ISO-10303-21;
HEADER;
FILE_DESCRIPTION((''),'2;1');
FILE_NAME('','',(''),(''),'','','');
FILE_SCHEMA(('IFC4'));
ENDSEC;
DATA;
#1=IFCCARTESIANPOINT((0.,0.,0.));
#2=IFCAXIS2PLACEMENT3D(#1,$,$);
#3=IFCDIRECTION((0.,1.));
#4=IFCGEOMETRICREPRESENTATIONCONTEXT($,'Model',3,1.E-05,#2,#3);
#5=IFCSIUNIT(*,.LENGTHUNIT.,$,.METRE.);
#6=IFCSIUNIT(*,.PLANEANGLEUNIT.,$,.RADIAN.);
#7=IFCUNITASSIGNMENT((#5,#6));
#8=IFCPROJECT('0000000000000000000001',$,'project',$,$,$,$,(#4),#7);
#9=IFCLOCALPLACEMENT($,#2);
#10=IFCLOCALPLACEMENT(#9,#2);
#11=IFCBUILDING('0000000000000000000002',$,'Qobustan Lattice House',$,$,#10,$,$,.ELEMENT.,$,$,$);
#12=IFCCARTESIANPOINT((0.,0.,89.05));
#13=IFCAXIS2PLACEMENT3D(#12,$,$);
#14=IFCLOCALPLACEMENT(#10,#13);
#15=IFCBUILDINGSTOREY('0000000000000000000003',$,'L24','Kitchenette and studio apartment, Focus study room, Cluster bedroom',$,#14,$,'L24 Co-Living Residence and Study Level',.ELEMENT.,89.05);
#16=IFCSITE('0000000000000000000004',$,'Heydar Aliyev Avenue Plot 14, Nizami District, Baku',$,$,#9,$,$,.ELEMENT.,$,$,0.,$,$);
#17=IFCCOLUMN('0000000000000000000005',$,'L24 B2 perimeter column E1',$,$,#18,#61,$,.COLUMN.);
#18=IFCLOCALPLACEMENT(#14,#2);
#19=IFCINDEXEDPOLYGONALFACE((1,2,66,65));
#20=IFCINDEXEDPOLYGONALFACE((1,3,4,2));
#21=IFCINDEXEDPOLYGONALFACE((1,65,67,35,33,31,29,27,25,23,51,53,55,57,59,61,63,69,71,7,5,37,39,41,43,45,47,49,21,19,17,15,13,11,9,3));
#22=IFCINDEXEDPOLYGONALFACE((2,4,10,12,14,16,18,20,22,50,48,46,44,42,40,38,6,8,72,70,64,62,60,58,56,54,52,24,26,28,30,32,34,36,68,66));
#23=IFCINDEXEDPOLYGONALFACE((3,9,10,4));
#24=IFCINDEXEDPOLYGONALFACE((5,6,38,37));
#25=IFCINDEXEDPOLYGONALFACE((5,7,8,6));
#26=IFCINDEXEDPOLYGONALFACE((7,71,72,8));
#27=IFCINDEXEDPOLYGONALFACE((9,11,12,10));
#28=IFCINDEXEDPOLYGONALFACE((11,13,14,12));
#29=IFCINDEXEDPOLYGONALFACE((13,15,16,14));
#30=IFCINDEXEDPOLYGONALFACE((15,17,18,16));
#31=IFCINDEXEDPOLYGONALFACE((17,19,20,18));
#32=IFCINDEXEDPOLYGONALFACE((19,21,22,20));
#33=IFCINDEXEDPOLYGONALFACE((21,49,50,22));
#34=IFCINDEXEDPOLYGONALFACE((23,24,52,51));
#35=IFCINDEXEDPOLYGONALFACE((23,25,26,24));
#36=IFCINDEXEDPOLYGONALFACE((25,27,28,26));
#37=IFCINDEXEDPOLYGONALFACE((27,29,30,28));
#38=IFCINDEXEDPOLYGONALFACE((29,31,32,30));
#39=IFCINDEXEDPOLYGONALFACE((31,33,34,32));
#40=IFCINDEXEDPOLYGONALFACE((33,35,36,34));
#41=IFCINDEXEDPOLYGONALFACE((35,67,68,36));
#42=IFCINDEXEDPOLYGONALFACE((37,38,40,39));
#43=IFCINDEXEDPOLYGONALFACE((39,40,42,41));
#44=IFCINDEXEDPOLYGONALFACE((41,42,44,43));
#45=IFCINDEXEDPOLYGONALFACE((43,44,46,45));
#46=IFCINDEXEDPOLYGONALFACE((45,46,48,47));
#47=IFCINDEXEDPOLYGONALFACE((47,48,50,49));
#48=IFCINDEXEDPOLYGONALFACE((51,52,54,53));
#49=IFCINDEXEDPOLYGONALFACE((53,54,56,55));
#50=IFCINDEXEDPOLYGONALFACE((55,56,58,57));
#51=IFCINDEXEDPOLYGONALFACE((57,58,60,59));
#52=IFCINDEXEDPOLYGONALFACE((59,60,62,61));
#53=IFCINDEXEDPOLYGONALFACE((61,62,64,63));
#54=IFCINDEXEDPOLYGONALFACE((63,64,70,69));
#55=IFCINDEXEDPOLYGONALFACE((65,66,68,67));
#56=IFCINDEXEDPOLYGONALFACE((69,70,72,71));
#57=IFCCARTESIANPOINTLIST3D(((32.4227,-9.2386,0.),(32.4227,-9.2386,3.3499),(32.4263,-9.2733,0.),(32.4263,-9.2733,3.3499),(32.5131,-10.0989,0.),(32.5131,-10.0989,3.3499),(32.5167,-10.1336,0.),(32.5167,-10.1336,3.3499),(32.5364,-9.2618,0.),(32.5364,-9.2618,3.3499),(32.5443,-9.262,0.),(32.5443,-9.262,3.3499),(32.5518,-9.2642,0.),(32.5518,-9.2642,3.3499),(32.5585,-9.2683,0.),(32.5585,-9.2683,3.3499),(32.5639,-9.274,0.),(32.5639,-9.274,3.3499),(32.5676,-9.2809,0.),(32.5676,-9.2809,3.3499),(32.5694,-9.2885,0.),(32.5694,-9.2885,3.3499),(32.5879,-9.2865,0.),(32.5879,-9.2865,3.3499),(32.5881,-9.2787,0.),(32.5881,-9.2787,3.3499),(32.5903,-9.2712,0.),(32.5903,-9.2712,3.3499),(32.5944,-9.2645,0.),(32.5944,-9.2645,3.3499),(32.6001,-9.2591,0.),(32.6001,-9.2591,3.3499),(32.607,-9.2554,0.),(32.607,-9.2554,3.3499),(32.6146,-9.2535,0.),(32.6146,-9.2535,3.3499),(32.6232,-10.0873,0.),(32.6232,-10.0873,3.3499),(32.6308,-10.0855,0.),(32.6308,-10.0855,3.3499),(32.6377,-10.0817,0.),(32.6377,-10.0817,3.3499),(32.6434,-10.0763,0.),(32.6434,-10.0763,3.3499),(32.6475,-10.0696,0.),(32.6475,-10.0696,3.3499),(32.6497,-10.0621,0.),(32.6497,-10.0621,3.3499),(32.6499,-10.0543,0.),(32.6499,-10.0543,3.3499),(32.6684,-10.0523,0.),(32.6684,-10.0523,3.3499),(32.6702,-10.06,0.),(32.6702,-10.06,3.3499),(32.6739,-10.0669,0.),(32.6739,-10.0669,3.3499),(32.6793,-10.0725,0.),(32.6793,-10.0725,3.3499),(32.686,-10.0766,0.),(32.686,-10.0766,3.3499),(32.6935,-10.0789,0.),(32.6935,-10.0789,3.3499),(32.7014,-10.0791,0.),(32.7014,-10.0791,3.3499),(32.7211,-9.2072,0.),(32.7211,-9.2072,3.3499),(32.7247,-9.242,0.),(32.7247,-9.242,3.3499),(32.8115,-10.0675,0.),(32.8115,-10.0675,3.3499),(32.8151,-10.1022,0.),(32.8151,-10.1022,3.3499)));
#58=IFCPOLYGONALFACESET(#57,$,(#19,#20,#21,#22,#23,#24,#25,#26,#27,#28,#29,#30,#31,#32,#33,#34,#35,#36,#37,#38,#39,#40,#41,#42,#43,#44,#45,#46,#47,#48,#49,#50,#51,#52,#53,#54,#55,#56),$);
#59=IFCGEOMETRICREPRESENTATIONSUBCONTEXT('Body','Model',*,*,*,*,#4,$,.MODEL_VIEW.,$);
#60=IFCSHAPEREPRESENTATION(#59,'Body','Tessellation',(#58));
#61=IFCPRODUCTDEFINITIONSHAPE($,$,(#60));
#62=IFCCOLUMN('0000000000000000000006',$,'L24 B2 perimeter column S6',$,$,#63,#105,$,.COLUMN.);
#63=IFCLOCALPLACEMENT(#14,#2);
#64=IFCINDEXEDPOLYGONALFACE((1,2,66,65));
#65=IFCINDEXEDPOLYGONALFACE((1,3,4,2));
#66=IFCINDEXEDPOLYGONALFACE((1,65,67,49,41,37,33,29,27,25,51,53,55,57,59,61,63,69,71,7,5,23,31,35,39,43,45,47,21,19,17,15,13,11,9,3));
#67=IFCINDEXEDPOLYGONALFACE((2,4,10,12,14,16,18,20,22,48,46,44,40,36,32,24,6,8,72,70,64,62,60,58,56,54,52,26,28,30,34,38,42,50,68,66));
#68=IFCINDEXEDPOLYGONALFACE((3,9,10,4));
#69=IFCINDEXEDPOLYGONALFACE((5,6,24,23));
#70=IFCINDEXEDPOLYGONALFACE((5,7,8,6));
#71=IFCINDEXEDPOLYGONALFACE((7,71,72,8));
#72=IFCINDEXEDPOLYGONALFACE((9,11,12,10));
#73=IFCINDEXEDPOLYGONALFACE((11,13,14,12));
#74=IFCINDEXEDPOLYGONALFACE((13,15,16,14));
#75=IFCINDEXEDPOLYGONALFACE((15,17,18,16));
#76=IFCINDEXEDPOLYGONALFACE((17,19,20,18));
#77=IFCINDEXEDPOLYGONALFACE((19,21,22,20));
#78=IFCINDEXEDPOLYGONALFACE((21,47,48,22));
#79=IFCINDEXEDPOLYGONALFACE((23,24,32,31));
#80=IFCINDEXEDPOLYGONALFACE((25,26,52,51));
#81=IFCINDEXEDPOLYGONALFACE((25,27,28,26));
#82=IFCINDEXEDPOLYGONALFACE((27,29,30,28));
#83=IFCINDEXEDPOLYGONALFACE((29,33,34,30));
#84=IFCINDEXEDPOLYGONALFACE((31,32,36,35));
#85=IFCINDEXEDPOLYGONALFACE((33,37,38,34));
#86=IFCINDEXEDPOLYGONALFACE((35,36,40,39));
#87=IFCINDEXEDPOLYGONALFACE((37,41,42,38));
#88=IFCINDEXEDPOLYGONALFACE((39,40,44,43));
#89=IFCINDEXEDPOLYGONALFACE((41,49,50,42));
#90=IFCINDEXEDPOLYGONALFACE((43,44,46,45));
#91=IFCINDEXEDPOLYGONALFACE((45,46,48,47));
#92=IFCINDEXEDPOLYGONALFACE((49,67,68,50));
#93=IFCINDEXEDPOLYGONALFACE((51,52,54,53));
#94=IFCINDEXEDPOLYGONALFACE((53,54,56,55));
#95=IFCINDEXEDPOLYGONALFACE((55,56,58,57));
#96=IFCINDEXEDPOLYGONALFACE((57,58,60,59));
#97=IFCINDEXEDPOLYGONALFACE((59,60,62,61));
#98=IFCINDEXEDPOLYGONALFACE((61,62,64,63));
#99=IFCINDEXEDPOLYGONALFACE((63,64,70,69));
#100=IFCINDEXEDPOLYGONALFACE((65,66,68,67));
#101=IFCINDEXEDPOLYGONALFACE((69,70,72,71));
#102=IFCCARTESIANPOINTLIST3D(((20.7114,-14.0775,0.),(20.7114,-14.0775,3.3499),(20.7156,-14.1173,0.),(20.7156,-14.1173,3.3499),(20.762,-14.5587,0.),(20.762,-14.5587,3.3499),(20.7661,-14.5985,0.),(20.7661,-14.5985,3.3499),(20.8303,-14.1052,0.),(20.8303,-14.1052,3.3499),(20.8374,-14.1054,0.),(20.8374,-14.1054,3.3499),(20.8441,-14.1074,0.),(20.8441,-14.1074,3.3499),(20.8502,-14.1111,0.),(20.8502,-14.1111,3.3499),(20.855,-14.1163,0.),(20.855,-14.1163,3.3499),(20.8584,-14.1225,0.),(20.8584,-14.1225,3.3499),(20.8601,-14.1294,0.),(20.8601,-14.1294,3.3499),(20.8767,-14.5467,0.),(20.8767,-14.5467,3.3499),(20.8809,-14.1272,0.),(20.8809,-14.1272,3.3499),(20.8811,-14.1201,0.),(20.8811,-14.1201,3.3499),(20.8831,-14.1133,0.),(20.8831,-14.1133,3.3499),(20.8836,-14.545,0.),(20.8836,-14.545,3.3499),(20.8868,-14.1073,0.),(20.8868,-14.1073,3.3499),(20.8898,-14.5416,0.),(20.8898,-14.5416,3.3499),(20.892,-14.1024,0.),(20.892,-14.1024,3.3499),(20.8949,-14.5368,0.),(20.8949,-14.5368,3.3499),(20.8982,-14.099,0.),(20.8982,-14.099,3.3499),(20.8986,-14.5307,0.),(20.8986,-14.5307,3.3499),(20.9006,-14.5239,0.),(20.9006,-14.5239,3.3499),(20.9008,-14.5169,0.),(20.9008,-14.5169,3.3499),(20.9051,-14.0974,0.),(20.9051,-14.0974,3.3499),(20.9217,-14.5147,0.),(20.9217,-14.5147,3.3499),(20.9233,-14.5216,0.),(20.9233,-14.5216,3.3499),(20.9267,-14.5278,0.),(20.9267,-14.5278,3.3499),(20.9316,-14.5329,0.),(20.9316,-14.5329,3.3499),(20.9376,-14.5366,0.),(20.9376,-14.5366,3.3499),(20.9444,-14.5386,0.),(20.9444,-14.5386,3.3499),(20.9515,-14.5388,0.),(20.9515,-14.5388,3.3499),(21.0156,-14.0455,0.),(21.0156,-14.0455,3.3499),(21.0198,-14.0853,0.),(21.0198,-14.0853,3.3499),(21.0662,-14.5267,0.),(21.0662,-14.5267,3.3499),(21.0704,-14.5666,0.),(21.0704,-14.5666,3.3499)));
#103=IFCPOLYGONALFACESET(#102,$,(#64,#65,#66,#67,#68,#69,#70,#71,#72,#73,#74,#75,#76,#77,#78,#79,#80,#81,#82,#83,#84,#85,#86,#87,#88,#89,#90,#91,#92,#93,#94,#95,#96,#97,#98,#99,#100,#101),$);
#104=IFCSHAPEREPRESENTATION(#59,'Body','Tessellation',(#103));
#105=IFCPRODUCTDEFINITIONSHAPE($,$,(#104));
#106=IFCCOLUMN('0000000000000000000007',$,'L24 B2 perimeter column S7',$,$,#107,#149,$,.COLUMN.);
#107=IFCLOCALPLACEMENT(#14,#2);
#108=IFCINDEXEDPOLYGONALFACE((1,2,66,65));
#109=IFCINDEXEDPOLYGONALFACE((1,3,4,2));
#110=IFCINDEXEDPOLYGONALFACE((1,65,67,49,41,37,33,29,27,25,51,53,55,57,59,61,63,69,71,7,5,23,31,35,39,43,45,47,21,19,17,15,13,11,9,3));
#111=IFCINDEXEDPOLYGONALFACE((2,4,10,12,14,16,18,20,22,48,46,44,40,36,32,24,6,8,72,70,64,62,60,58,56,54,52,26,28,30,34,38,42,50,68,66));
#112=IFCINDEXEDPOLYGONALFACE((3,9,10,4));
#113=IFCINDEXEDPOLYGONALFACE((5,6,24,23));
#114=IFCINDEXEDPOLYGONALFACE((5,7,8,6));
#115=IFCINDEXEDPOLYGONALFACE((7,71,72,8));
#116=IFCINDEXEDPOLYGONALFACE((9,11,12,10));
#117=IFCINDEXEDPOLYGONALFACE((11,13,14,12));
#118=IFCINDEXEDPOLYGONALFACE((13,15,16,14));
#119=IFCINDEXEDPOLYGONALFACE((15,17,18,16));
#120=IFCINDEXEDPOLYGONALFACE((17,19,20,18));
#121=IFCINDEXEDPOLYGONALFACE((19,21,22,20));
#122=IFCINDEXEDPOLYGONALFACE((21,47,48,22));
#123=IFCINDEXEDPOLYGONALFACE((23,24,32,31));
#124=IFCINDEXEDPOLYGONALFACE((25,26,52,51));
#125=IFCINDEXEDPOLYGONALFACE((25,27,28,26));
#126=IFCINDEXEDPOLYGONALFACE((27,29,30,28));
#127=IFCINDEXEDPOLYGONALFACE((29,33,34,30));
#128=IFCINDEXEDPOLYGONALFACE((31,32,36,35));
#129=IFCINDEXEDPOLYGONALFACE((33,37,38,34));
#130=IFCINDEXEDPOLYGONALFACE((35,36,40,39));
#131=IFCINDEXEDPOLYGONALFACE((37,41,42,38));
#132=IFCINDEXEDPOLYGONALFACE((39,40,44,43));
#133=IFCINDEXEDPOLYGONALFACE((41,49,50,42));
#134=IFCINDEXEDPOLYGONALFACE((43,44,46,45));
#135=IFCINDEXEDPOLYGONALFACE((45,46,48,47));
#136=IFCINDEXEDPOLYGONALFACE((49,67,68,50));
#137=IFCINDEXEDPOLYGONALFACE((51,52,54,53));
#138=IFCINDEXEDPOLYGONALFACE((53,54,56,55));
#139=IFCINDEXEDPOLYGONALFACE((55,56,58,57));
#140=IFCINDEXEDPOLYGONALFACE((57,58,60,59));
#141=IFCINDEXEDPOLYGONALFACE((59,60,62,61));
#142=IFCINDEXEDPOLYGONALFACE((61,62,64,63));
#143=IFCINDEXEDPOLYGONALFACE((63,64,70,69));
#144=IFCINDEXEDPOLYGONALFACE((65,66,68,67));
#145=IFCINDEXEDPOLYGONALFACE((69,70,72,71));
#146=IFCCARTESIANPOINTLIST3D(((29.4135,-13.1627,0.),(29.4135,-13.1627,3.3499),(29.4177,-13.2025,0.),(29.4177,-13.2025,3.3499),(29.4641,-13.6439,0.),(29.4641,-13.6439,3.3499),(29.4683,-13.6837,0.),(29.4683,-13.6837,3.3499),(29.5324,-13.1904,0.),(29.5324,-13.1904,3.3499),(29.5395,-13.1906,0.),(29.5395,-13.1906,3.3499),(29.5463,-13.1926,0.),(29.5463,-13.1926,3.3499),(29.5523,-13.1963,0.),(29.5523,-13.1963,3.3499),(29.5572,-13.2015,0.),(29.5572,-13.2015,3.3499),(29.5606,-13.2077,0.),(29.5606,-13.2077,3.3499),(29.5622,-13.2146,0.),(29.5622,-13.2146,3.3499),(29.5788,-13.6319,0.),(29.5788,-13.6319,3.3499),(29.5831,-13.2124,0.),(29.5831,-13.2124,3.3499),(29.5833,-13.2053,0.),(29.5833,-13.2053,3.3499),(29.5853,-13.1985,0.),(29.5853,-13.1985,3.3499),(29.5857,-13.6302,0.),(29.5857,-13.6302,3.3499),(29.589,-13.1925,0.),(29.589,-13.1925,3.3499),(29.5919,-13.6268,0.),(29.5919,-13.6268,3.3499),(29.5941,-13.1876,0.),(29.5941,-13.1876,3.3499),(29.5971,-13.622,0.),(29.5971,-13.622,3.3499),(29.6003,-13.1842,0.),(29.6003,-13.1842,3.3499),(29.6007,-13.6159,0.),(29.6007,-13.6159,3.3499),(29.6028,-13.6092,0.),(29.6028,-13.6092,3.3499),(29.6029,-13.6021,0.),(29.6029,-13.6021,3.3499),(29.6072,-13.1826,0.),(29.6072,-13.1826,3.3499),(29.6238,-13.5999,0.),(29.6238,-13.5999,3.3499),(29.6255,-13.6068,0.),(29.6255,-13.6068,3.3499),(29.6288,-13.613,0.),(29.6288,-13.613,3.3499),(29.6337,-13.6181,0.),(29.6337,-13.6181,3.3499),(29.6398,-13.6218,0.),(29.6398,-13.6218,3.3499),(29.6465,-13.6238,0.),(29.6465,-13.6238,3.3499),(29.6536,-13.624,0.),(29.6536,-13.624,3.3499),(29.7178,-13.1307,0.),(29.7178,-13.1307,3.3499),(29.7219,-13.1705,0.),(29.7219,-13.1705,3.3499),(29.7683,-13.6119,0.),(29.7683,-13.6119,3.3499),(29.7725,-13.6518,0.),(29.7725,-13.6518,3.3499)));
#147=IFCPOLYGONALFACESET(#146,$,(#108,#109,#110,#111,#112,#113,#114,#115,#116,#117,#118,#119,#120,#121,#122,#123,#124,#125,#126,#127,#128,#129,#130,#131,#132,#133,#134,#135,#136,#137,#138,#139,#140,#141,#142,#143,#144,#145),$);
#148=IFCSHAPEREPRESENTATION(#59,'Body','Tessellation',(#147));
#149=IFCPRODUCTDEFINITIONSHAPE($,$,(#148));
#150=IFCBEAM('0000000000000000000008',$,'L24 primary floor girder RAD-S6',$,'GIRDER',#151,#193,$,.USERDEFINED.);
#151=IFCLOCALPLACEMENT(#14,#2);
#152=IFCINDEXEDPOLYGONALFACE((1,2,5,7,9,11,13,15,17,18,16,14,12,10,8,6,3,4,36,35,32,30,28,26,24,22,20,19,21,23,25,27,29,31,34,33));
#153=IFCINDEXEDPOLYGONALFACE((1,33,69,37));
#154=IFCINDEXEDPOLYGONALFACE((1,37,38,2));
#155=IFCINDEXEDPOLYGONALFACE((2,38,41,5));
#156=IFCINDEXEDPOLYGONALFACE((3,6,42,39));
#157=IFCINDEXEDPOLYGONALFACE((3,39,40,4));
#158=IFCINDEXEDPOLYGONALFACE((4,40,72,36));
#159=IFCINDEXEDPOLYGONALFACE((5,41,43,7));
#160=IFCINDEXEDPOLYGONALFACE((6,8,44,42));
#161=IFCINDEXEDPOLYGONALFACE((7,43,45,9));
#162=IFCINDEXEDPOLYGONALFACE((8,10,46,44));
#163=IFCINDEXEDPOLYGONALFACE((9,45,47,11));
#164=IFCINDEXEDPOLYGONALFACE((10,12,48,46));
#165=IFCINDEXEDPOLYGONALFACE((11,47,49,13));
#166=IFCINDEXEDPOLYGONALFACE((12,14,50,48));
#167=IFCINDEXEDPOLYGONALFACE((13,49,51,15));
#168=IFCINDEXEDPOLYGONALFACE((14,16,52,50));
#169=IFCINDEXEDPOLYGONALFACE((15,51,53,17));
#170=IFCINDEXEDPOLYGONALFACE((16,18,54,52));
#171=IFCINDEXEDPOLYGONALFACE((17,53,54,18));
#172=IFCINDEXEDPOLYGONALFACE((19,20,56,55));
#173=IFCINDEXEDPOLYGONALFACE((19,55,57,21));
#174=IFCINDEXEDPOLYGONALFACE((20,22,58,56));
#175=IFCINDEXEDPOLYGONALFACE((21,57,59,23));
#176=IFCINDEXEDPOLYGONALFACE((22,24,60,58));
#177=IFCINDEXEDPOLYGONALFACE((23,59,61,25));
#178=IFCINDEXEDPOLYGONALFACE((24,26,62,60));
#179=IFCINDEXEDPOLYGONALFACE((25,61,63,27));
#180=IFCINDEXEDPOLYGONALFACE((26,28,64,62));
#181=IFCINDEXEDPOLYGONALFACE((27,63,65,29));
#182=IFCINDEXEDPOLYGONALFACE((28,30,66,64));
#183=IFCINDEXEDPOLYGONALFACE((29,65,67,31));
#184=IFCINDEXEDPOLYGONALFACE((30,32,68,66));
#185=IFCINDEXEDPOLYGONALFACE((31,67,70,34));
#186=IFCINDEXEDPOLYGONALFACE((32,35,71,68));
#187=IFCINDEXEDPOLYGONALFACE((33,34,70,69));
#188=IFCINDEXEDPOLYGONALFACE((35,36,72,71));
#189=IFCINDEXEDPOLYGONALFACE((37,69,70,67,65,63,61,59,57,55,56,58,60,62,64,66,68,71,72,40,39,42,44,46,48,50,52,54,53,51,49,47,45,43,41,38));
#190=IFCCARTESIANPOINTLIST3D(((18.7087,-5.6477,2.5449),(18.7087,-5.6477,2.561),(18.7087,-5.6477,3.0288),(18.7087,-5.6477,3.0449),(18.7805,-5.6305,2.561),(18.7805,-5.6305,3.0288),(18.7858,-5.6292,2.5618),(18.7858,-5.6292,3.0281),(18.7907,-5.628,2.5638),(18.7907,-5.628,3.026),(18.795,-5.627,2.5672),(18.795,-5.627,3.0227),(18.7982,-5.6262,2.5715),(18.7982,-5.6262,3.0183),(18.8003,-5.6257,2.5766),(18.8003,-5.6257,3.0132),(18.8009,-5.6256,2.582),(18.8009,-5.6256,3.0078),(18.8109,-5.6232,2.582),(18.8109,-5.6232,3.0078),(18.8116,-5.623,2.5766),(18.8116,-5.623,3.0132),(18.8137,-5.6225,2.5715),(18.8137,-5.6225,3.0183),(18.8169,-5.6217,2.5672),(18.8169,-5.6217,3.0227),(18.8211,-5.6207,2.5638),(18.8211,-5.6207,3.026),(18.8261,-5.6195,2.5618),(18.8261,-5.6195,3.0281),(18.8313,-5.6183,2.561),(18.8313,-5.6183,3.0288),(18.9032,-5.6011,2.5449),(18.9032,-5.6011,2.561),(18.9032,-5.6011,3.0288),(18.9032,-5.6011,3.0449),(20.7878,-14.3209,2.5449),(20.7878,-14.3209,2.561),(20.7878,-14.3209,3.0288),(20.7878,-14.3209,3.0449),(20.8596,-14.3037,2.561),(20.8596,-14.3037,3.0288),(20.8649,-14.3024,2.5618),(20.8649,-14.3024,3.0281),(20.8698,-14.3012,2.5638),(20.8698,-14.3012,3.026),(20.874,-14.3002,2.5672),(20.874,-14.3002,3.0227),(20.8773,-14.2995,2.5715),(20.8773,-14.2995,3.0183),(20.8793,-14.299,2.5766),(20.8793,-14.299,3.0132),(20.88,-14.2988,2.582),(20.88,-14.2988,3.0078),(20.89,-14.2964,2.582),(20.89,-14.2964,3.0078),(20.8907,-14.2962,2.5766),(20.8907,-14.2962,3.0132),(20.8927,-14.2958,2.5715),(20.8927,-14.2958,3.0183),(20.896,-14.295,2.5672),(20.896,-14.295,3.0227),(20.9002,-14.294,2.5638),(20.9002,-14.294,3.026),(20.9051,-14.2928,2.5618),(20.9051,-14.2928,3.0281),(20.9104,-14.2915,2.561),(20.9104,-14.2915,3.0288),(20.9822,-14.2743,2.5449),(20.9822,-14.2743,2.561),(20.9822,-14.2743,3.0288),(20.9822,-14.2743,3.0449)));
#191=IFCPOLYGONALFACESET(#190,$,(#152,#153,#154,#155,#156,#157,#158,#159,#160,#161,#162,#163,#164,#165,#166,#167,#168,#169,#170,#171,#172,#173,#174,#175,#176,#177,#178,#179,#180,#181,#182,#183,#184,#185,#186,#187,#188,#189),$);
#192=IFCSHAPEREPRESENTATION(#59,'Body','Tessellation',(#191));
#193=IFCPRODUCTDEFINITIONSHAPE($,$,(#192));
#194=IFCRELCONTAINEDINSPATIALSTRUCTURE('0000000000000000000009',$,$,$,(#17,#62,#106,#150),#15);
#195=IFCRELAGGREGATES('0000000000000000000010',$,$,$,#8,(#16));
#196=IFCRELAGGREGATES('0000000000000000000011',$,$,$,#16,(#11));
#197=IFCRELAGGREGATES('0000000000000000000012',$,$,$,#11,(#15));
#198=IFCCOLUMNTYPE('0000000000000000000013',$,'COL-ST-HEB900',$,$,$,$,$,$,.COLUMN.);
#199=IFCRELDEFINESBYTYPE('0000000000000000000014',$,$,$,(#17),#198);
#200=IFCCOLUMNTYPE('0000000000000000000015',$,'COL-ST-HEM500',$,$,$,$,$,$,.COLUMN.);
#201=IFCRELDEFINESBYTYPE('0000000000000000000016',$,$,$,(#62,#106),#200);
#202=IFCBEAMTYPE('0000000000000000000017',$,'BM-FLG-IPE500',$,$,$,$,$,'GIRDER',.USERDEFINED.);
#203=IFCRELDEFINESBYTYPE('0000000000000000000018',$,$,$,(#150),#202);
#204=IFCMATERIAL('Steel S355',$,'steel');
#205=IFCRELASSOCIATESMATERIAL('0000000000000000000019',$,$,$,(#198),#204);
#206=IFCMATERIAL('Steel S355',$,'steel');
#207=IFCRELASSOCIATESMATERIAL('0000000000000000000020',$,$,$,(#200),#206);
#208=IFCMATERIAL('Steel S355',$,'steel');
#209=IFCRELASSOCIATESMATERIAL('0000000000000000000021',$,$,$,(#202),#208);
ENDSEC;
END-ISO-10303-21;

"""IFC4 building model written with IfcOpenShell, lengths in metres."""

from ifc_helpers import new_model, si_unit, direction, frame, origin, origin_2d, place, context, subcontext, project, spatial, i_section, extrude, material, material_profile, profile_set, type_object, element, save


model = new_model("IFC4")

# Units and contexts
model_context = context("Model", 3, precision=1e-05, world=origin(), true_north=direction((0.0, 1.0)))
body_context = subcontext(model_context, "Body", "Model", "MODEL_VIEW")
ifc_project = project(units=[si_unit("LENGTHUNIT", "METRE"), si_unit("PLANEANGLEUNIT", "RADIAN")], contexts=[model_context])

# Site, building, storey
site_placement = place(None, origin())
site = spatial("IfcSite", under=ifc_project, at=site_placement, Name="Heydar Aliyev Avenue Plot 14, Nizami District, Baku", CompositionType="ELEMENT", RefElevation=0.0)
building_placement = place(site_placement, origin())
building = spatial("IfcBuilding", under=site, at=building_placement, Name="Qobustan Lattice House", CompositionType="ELEMENT")
storey_placement = place(building_placement, frame((0.0, 0.0, 89.05)))
storey = spatial("IfcBuildingStorey", under=building, at=storey_placement, Name="L24", Description="Kitchenette and studio apartment, Focus study room, Cluster bedroom", LongName="L24 Co-Living Residence and Study Level", CompositionType="ELEMENT", Elevation=89.05)

# Columns
ifc_material_1 = material(Name="Steel S355", Category="steel")
ifc_material_profile_1 = material_profile(ifc_material_1, i_section(OverallWidth=0.3, OverallDepth=0.8999, WebThickness=0.0186, FlangeThickness=0.0349, FilletRadius=0.03, at=origin_2d()), Name="HEB900")
ifc_profile_set_1 = profile_set([ifc_material_profile_1], Name="Steel S355")
column_type_1 = type_object("IfcColumnType", Name="COL-ST-HEB900", PredefinedType="COLUMN", material=ifc_profile_set_1)
column_placement = place(storey_placement, frame((32.6189, -9.6704, 0.0), z_axis=(0.0, 0.0, 1.0), x_axis=(0.994522, 0.104528, 0.0)))
element("IfcColumn", 1, at=column_placement, inside=storey, type_object=column_type_1, Name="L24 B2 perimeter column E1", PredefinedType="COLUMN", context=body_context, shape_type="SweptSolid", body=[
    extrude(i_section(OverallWidth=0.3, OverallDepth=0.8999, WebThickness=0.0186, FlangeThickness=0.0349, FilletRadius=0.03, at=origin_2d()), origin(), (0.0, 0.0, 1.0), 3.3499),
])
ifc_material_2 = material(Name="Steel S355", Category="steel")
ifc_material_profile_2 = material_profile(ifc_material_2, i_section(OverallWidth=0.3059, OverallDepth=0.5239, WebThickness=0.021, FlangeThickness=0.04, FilletRadius=0.0271, at=origin_2d()), Name="HEM500")
ifc_profile_set_2 = profile_set([ifc_material_profile_2], Name="Steel S355")
column_type_2 = type_object("IfcColumnType", Name="COL-ST-HEM500", PredefinedType="COLUMN", material=ifc_profile_set_2)
for number, where, z_axis, x_axis, name in (
    (2, (20.8909, -14.322, 0.0), (0.0, 0.0, 1.0), (0.994522, 0.104528, 0.0), "L24 B2 perimeter column S6"),
    (3, (29.593, -13.4072, 0.0), (0.0, 0.0, 1.0), (0.994522, 0.104528, 0.0), "L24 B2 perimeter column S7"),
):
    element("IfcColumn", number, at=place(storey_placement, frame(where, z_axis=z_axis, x_axis=x_axis)), inside=storey, type_object=column_type_2, Name=name, PredefinedType="COLUMN", context=body_context, shape_type="SweptSolid", body=[
        extrude(i_section(OverallWidth=0.3059, OverallDepth=0.5239, WebThickness=0.021, FlangeThickness=0.04, FilletRadius=0.0271, at=origin_2d()), origin(), (0.0, 0.0, 1.0), 3.3499),
    ])

# Beam
ifc_material_3 = material(Name="Steel S355", Category="steel")
ifc_material_profile_3 = material_profile(ifc_material_3, i_section(OverallWidth=0.2, OverallDepth=0.5, WebThickness=0.0103, FlangeThickness=0.0161, FilletRadius=0.021, at=origin_2d()), Name="IPE500")
ifc_profile_set_3 = profile_set([ifc_material_profile_3], Name="Steel S355")
beam_type_1 = type_object("IfcBeamType", Name="BM-FLG-IPE500", ElementType="GIRDER", PredefinedType="USERDEFINED", material=ifc_profile_set_3)
beam_1_placement = place(storey_placement, frame((20.885, -14.2976, 2.7949), z_axis=(-0.233108, 0.972451, 0.0), x_axis=(-0.972451, -0.233108, 0.0)))
element("IfcBeam", 4, at=beam_1_placement, inside=storey, type_object=beam_type_1, Name="L24 primary floor girder RAD-S6", ObjectType="GIRDER", PredefinedType="USERDEFINED", context=body_context, shape_type="SweptSolid", body=[
    extrude(i_section(OverallWidth=0.2, OverallDepth=0.5, WebThickness=0.0103, FlangeThickness=0.0161, FilletRadius=0.021, at=origin_2d()), origin(), (0.0, 0.0, 1.0), 8.9189),
])

save(model, "model.ifc")
